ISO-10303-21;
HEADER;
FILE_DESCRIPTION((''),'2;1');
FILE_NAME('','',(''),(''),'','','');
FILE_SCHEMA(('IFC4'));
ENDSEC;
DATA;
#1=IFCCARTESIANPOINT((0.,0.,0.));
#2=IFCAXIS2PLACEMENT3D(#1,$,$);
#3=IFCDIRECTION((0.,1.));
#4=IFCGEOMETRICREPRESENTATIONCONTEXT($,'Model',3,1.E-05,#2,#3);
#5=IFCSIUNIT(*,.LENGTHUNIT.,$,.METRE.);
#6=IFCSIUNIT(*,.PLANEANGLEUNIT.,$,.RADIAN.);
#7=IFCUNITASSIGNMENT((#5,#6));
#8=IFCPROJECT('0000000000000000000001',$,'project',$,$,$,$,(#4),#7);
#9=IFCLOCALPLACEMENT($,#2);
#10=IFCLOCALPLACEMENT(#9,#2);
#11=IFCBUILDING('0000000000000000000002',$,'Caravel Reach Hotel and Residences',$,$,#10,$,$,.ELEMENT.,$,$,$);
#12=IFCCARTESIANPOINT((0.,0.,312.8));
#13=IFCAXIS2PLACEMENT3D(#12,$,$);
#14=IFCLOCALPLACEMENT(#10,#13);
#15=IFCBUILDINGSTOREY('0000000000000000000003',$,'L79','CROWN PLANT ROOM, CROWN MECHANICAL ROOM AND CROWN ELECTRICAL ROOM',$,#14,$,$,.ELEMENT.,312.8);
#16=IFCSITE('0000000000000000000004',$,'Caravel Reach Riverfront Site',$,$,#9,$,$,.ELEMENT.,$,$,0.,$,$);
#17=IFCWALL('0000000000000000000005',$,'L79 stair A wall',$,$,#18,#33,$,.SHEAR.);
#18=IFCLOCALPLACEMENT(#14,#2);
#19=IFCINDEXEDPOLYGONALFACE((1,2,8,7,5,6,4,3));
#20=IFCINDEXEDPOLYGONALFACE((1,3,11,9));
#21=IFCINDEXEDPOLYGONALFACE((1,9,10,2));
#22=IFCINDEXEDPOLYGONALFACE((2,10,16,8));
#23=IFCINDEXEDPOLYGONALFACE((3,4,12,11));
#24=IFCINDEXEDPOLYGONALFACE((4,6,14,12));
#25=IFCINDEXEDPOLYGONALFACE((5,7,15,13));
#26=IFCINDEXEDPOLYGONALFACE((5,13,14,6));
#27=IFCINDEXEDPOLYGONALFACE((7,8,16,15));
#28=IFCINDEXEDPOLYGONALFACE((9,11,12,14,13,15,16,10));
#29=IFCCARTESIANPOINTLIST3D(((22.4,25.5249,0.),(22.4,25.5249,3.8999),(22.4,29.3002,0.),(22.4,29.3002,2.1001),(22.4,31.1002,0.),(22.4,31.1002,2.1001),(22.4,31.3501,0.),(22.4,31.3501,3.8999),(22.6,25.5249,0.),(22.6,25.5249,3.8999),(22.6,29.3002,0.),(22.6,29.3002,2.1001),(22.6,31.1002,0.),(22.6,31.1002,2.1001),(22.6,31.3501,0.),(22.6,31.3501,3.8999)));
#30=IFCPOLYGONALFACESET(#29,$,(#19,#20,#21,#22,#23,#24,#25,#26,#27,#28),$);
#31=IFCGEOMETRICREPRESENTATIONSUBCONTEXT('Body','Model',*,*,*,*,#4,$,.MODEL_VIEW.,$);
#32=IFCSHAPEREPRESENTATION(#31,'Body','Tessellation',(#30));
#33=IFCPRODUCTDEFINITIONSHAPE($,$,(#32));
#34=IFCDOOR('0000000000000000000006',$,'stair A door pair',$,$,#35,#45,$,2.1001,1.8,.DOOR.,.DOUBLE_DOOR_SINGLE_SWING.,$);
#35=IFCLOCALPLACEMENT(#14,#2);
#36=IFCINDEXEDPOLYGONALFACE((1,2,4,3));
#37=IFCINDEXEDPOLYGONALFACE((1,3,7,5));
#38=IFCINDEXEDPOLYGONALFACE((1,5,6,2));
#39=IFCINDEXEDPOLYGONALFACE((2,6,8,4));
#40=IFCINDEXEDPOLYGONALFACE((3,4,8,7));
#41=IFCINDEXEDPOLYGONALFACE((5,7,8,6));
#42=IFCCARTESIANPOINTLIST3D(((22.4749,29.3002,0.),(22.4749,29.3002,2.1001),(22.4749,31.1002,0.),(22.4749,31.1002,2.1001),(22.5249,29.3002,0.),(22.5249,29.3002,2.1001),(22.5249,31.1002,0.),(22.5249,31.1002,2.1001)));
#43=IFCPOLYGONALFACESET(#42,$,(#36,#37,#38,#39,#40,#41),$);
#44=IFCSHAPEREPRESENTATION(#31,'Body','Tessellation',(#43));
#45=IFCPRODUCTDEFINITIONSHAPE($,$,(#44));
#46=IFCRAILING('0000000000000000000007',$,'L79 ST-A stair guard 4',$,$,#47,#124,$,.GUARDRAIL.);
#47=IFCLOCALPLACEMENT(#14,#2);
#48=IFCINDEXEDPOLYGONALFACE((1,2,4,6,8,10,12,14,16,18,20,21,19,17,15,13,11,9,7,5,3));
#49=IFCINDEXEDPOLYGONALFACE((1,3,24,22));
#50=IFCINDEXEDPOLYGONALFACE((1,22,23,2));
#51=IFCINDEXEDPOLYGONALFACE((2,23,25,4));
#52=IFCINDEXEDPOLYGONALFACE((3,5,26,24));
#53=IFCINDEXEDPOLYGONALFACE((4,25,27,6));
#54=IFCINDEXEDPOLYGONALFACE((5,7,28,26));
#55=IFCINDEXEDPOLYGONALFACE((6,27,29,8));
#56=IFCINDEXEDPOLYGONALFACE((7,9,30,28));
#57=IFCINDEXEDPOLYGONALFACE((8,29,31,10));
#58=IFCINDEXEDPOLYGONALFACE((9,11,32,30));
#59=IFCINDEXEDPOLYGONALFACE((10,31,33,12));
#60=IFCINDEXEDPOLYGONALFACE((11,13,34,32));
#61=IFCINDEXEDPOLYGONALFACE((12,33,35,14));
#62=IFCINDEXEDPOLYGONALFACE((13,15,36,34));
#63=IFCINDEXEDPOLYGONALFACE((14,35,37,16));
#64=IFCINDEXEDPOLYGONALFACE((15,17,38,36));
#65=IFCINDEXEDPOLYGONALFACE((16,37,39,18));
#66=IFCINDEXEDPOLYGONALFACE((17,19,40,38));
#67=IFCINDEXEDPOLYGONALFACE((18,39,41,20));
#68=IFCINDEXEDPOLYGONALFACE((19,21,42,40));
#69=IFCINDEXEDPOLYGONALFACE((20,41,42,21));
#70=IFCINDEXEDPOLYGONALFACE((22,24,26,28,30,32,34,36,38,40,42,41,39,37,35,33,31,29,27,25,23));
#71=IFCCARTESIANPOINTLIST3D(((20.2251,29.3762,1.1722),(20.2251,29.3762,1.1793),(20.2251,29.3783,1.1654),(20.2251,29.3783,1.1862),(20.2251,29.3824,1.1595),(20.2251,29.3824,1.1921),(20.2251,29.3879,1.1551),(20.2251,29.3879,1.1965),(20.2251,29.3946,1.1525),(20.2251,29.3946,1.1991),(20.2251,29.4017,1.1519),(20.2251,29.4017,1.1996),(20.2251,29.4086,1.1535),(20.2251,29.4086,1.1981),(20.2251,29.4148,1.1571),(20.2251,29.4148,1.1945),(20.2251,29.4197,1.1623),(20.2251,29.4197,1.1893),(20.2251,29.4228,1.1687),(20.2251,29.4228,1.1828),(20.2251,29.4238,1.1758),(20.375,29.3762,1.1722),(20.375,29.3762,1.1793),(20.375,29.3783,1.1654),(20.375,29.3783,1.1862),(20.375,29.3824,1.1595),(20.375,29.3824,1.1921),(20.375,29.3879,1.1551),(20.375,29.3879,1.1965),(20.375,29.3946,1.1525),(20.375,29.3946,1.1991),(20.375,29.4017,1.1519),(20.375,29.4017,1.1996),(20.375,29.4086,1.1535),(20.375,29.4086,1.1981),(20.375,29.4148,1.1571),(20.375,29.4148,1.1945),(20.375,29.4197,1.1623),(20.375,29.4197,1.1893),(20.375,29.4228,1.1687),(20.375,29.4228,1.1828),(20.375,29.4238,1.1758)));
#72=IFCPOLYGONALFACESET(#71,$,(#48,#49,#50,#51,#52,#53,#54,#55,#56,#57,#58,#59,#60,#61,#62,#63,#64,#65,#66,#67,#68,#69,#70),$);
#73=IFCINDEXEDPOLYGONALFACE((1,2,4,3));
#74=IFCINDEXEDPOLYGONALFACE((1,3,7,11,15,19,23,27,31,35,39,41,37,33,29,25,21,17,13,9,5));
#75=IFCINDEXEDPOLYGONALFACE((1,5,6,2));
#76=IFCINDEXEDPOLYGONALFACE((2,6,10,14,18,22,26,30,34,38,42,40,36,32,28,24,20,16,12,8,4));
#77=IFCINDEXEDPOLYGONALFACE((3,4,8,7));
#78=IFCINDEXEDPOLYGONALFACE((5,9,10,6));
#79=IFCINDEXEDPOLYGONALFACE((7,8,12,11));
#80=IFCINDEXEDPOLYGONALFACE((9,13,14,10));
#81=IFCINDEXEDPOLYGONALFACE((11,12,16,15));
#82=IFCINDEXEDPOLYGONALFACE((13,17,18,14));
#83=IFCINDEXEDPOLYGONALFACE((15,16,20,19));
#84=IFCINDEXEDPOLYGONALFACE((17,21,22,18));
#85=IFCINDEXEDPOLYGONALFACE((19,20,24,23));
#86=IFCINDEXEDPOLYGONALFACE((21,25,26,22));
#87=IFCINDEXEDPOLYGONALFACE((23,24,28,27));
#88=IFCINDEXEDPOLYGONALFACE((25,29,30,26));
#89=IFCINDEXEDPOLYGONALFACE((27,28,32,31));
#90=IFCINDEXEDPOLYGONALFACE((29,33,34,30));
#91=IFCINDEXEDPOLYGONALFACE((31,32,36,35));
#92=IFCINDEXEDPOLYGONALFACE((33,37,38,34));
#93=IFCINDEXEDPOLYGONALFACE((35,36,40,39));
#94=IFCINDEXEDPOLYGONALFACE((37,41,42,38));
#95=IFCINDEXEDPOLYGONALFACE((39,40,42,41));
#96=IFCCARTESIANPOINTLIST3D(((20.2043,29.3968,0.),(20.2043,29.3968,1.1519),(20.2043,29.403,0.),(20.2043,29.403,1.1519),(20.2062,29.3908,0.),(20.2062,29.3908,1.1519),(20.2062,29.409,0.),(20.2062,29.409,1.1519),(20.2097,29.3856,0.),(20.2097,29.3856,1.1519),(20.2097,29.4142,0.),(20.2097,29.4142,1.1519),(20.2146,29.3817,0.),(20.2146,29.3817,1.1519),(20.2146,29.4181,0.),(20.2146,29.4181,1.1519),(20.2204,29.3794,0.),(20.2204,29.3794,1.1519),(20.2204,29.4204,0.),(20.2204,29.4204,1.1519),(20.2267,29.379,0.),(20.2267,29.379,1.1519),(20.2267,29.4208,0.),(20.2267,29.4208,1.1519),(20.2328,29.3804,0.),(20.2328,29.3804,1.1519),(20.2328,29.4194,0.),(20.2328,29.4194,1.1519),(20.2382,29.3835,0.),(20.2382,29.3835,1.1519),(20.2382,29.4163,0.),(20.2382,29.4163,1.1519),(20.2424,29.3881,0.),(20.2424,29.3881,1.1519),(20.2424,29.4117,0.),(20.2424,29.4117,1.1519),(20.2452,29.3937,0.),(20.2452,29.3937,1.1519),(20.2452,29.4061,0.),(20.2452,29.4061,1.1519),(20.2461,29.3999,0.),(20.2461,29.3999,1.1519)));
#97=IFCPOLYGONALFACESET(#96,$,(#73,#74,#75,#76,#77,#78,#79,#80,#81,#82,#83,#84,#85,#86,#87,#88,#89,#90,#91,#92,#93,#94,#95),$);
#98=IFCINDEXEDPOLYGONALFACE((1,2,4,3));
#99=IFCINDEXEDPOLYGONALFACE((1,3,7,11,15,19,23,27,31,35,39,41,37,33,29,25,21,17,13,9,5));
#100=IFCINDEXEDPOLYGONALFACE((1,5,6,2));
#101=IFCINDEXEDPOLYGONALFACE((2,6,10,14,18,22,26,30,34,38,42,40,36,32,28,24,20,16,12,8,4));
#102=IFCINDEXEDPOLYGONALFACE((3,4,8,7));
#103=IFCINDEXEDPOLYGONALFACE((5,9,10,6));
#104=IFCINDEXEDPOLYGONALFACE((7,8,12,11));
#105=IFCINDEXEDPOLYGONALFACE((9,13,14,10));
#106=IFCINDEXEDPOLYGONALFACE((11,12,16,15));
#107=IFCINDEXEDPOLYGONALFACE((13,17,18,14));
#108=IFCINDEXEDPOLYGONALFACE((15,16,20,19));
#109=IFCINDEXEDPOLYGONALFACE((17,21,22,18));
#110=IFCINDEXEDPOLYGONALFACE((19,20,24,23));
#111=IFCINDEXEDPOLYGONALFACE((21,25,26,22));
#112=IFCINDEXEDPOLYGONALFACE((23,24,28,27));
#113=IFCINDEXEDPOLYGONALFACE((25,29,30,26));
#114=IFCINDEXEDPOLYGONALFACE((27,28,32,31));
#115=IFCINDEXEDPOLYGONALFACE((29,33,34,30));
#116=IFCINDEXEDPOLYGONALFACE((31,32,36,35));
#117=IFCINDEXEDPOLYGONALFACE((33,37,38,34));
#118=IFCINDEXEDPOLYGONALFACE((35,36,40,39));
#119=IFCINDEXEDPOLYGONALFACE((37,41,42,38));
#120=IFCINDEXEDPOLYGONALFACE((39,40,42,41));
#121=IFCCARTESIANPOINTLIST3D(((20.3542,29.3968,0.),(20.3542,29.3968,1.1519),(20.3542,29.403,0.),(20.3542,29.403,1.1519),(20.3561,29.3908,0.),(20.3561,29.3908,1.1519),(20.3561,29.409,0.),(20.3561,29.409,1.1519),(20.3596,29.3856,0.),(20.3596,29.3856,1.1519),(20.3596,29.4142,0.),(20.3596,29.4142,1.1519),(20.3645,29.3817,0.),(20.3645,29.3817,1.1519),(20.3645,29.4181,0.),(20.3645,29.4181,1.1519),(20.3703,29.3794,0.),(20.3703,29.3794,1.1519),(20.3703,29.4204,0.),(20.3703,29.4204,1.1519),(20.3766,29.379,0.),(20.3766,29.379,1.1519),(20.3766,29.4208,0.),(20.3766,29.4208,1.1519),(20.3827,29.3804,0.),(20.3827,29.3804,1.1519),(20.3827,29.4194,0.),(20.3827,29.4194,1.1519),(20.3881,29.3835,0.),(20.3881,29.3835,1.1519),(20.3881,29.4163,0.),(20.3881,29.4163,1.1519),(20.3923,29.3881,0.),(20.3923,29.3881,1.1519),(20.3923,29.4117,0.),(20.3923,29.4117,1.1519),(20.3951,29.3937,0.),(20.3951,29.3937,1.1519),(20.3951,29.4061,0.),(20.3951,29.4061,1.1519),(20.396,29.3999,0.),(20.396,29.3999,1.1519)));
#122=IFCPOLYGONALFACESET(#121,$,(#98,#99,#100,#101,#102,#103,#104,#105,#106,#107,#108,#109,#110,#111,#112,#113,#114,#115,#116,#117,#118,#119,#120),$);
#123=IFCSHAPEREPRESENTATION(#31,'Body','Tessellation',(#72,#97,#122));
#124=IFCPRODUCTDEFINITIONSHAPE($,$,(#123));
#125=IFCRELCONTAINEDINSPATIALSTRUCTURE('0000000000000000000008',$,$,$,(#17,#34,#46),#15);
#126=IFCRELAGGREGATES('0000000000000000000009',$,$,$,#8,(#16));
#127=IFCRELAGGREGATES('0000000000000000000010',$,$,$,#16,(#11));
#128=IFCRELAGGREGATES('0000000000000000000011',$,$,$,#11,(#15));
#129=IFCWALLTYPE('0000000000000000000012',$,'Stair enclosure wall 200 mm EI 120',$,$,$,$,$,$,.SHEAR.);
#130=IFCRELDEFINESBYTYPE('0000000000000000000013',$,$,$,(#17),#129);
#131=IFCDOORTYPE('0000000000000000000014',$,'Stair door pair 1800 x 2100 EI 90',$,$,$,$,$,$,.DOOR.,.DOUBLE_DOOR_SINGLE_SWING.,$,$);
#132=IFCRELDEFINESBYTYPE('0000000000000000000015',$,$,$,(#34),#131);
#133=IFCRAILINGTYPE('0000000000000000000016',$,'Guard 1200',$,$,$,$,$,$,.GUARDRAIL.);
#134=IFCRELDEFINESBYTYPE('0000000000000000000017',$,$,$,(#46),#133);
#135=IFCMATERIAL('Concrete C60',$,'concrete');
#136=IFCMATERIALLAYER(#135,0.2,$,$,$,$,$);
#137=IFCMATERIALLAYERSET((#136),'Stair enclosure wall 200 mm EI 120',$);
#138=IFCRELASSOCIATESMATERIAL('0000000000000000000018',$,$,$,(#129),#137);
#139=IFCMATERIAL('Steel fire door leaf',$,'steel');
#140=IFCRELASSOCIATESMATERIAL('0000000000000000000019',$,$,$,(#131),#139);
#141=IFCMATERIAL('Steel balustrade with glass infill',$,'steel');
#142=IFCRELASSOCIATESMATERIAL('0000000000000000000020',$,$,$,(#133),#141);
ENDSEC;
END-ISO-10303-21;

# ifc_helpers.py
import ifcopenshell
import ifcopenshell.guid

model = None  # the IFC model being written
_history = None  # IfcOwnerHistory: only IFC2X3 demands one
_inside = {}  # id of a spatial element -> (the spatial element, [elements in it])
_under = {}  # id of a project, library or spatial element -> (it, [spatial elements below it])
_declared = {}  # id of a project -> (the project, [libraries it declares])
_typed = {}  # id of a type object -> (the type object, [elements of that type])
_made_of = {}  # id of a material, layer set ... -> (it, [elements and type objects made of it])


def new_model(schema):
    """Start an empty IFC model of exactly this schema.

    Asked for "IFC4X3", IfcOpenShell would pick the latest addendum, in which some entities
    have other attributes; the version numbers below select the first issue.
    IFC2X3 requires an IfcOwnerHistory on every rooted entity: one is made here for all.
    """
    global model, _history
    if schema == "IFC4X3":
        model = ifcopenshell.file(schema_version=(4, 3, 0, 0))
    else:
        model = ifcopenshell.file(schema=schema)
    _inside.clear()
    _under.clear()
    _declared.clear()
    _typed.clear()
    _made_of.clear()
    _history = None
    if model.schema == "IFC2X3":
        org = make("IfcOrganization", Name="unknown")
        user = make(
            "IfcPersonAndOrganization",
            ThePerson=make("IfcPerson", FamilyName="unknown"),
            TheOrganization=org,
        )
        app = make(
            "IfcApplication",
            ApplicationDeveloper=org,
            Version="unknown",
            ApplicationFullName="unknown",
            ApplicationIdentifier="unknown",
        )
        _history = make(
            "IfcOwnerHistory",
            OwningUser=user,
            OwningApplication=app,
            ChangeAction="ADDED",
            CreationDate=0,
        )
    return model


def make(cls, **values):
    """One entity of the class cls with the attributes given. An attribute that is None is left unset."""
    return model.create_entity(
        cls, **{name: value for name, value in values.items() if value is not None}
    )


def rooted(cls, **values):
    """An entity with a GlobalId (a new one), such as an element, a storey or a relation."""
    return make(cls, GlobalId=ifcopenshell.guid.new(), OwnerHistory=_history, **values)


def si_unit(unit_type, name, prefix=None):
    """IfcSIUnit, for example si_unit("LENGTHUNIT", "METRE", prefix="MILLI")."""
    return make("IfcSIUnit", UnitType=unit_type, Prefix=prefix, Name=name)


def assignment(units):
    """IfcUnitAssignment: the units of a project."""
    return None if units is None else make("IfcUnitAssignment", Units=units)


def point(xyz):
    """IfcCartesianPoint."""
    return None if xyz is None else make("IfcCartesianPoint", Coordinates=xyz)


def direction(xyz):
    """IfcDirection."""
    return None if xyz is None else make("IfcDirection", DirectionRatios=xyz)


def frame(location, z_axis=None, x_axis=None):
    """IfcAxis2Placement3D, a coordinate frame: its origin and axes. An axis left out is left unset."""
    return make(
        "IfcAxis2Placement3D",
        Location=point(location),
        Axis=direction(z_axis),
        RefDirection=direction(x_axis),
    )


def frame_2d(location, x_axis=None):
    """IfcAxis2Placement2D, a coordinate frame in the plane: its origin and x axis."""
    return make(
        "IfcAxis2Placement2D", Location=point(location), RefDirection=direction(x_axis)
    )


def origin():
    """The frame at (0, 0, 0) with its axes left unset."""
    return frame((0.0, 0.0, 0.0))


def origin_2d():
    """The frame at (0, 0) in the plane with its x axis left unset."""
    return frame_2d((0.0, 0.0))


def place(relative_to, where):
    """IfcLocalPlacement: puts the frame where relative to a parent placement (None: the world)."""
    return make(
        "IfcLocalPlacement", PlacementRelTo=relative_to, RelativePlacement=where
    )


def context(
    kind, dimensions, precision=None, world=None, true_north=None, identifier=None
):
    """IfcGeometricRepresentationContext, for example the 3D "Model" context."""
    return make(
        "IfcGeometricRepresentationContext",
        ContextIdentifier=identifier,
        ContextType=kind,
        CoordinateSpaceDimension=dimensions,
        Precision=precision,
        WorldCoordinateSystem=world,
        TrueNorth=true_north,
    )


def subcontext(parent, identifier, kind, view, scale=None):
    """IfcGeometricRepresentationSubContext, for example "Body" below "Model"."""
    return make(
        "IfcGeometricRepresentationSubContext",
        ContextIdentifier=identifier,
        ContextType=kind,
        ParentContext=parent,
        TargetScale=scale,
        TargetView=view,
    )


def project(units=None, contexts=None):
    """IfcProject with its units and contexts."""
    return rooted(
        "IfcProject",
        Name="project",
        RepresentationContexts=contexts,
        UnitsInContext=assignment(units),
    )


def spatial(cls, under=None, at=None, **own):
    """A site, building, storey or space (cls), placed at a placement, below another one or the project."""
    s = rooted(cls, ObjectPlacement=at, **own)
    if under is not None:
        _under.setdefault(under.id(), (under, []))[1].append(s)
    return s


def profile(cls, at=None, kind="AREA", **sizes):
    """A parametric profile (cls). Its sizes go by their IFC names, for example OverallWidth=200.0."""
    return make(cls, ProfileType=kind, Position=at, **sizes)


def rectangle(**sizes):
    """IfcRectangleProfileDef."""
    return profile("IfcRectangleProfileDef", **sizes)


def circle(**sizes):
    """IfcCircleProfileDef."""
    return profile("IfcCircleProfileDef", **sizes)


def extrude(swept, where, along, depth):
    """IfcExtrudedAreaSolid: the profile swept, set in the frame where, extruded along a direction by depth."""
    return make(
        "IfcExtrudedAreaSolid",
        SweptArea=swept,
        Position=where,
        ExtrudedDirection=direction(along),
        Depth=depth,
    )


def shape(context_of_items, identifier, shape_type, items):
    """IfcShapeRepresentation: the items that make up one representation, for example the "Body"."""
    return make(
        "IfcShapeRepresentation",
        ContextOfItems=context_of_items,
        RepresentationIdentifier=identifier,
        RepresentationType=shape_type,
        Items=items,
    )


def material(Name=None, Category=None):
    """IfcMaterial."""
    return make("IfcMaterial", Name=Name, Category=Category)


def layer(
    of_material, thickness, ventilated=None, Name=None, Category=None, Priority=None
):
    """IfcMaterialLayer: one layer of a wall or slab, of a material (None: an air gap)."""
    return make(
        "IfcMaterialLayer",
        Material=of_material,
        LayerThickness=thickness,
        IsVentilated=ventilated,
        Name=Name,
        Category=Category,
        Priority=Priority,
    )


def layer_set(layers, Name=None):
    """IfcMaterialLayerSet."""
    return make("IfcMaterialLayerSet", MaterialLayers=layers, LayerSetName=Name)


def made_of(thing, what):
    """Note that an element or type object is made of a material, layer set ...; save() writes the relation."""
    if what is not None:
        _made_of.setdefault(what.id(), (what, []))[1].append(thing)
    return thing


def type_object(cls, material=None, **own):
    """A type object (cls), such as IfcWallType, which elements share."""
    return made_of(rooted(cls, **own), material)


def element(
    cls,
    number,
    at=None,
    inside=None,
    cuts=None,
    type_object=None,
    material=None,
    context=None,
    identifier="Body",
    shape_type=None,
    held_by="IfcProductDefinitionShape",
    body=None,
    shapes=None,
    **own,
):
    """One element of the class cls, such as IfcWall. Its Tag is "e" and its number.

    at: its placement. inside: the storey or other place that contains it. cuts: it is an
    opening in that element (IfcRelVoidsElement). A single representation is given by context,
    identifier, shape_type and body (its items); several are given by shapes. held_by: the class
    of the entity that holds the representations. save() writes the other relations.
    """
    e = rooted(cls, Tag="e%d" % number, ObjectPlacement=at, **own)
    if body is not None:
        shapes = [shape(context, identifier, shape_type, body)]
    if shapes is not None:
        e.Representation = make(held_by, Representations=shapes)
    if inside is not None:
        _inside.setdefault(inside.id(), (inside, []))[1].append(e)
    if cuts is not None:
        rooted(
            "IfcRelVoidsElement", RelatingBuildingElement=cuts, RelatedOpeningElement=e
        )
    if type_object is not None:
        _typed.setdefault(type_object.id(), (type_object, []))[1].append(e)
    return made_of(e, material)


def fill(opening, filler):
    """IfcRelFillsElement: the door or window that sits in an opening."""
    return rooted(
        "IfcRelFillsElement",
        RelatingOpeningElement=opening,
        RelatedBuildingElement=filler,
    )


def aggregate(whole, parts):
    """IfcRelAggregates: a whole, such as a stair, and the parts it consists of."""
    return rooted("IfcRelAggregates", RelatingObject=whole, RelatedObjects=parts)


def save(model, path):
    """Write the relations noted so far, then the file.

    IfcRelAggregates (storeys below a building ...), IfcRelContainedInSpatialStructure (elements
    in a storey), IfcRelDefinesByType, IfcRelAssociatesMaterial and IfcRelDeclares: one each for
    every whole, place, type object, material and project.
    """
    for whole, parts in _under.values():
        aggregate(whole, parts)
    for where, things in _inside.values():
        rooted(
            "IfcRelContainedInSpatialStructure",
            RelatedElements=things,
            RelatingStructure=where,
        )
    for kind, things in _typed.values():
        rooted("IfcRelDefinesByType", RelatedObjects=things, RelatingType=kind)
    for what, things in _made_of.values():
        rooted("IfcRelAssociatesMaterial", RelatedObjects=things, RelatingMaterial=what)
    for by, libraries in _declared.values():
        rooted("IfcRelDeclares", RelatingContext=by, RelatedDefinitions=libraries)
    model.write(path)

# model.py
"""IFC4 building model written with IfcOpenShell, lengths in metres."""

from ifc_helpers import new_model, si_unit, direction, frame, frame_2d, origin, origin_2d, place, context, subcontext, project, spatial, rectangle, circle, extrude, material, layer, layer_set, type_object, element, fill, save


model = new_model("IFC4")

# Units and contexts
model_context = context("Model", 3, precision=1e-05, world=origin(), true_north=direction((0.0, 1.0)))
body_context = subcontext(model_context, "Body", "Model", "MODEL_VIEW")
ifc_project = project(units=[si_unit("LENGTHUNIT", "METRE"), si_unit("PLANEANGLEUNIT", "RADIAN")], contexts=[model_context])

# Site, building, storey
site_placement = place(None, origin())
site = spatial("IfcSite", under=ifc_project, at=site_placement, Name="Caravel Reach Riverfront Site", CompositionType="ELEMENT", RefElevation=0.0)
building_placement = place(site_placement, origin())
building = spatial("IfcBuilding", under=site, at=building_placement, Name="Caravel Reach Hotel and Residences", CompositionType="ELEMENT")
storey_placement = place(building_placement, frame((0.0, 0.0, 312.8)))
storey = spatial("IfcBuildingStorey", under=building, at=storey_placement, Name="L79", Description="CROWN PLANT ROOM, CROWN MECHANICAL ROOM AND CROWN ELECTRICAL ROOM", CompositionType="ELEMENT", Elevation=312.8)

# Wall, opening, door
ifc_material_1 = material(Name="Concrete C60", Category="concrete")
ifc_layer_1 = layer(ifc_material_1, 0.2)
ifc_layer_set_1 = layer_set([ifc_layer_1], Name="Stair enclosure wall 200 mm EI 120")
wall_type_1 = type_object("IfcWallType", Name="Stair enclosure wall 200 mm EI 120", PredefinedType="SHEAR", material=ifc_layer_set_1)
wall_1_placement = place(storey_placement, frame((22.5, 31.3501, 0.0), z_axis=(0.0, 0.0, 1.0), x_axis=(0.0, -1.0, 0.0)))
wall_1 = element("IfcWall", 1, at=wall_1_placement, inside=storey, type_object=wall_type_1, Name="L79 stair A wall", PredefinedType="SHEAR", context=body_context, shape_type="SweptSolid", body=[
    extrude(rectangle(XDim=5.8252, YDim=0.2, at=frame_2d((2.9126, 0.0))), origin(), (0.0, 0.0, 1.0), 3.8999),
])
opening_1_placement = place(wall_1_placement, frame((0.25, 0.0, 0.0)))
opening_1 = element("IfcOpeningElement", 2, at=opening_1_placement, cuts=wall_1, PredefinedType="OPENING", context=body_context, shape_type="SweptSolid", body=[
    extrude(rectangle(XDim=1.8, YDim=2.1001, at=frame_2d((0.8999, 1.05))), frame((0.0, 0.1099, 0.0), z_axis=(0.0, -1.0, 0.0), x_axis=(1.0, 0.0, 0.0)), (0.0, 0.0, 1.0), 0.22),
])
ifc_material_2 = material(Name="Steel fire door leaf", Category="steel")
door_type_1 = type_object("IfcDoorType", Name="Stair door pair 1800 x 2100 EI 90", OperationType="DOUBLE_DOOR_SINGLE_SWING", PredefinedType="DOOR", material=ifc_material_2)
door_1_placement = place(opening_1_placement, origin())
door_1 = element("IfcDoor", 3, at=door_1_placement, inside=storey, type_object=door_type_1, Name="stair A door pair", OperationType="DOUBLE_DOOR_SINGLE_SWING", OverallHeight=2.1001, OverallWidth=1.8, PredefinedType="DOOR", context=body_context, shape_type="SweptSolid", body=[
    extrude(rectangle(XDim=1.8, YDim=2.1001, at=frame_2d((0.8999, 1.05))), frame((0.0, 0.0249, 0.0), z_axis=(0.0, -1.0, 0.0), x_axis=(1.0, 0.0, 0.0)), (0.0, 0.0, 1.0), 0.05),
])
fill(opening_1, door_1)

# Railing
ifc_material_3 = material(Name="Steel balustrade with glass infill", Category="steel")
railing_type = type_object("IfcRailingType", Name="Guard 1200", PredefinedType="GUARDRAIL", material=ifc_material_3)
railing_placement = place(storey_placement, frame((20.2251, 29.3999, 0.0)))
element("IfcRailing", 4, at=railing_placement, inside=storey, type_object=railing_type, Name="L79 ST-A stair guard 4", PredefinedType="GUARDRAIL", context=body_context, shape_type="SweptSolid", body=[
    extrude(circle(Radius=0.0239, at=origin_2d()), frame((0.0, 0.0, 1.1758), z_axis=(1.0, 0.0, 0.0), x_axis=(0.0, 1.0, 0.0)), (0.0, 0.0, 1.0), 0.1499),
    extrude(circle(Radius=0.021, at=origin_2d()), origin(), (0.0, 0.0, 1.0), 1.1519),
    extrude(circle(Radius=0.021, at=origin_2d()), frame((0.1499, 0.0, 0.0)), (0.0, 0.0, 1.0), 1.1519),
])

save(model, "model.ifc")
